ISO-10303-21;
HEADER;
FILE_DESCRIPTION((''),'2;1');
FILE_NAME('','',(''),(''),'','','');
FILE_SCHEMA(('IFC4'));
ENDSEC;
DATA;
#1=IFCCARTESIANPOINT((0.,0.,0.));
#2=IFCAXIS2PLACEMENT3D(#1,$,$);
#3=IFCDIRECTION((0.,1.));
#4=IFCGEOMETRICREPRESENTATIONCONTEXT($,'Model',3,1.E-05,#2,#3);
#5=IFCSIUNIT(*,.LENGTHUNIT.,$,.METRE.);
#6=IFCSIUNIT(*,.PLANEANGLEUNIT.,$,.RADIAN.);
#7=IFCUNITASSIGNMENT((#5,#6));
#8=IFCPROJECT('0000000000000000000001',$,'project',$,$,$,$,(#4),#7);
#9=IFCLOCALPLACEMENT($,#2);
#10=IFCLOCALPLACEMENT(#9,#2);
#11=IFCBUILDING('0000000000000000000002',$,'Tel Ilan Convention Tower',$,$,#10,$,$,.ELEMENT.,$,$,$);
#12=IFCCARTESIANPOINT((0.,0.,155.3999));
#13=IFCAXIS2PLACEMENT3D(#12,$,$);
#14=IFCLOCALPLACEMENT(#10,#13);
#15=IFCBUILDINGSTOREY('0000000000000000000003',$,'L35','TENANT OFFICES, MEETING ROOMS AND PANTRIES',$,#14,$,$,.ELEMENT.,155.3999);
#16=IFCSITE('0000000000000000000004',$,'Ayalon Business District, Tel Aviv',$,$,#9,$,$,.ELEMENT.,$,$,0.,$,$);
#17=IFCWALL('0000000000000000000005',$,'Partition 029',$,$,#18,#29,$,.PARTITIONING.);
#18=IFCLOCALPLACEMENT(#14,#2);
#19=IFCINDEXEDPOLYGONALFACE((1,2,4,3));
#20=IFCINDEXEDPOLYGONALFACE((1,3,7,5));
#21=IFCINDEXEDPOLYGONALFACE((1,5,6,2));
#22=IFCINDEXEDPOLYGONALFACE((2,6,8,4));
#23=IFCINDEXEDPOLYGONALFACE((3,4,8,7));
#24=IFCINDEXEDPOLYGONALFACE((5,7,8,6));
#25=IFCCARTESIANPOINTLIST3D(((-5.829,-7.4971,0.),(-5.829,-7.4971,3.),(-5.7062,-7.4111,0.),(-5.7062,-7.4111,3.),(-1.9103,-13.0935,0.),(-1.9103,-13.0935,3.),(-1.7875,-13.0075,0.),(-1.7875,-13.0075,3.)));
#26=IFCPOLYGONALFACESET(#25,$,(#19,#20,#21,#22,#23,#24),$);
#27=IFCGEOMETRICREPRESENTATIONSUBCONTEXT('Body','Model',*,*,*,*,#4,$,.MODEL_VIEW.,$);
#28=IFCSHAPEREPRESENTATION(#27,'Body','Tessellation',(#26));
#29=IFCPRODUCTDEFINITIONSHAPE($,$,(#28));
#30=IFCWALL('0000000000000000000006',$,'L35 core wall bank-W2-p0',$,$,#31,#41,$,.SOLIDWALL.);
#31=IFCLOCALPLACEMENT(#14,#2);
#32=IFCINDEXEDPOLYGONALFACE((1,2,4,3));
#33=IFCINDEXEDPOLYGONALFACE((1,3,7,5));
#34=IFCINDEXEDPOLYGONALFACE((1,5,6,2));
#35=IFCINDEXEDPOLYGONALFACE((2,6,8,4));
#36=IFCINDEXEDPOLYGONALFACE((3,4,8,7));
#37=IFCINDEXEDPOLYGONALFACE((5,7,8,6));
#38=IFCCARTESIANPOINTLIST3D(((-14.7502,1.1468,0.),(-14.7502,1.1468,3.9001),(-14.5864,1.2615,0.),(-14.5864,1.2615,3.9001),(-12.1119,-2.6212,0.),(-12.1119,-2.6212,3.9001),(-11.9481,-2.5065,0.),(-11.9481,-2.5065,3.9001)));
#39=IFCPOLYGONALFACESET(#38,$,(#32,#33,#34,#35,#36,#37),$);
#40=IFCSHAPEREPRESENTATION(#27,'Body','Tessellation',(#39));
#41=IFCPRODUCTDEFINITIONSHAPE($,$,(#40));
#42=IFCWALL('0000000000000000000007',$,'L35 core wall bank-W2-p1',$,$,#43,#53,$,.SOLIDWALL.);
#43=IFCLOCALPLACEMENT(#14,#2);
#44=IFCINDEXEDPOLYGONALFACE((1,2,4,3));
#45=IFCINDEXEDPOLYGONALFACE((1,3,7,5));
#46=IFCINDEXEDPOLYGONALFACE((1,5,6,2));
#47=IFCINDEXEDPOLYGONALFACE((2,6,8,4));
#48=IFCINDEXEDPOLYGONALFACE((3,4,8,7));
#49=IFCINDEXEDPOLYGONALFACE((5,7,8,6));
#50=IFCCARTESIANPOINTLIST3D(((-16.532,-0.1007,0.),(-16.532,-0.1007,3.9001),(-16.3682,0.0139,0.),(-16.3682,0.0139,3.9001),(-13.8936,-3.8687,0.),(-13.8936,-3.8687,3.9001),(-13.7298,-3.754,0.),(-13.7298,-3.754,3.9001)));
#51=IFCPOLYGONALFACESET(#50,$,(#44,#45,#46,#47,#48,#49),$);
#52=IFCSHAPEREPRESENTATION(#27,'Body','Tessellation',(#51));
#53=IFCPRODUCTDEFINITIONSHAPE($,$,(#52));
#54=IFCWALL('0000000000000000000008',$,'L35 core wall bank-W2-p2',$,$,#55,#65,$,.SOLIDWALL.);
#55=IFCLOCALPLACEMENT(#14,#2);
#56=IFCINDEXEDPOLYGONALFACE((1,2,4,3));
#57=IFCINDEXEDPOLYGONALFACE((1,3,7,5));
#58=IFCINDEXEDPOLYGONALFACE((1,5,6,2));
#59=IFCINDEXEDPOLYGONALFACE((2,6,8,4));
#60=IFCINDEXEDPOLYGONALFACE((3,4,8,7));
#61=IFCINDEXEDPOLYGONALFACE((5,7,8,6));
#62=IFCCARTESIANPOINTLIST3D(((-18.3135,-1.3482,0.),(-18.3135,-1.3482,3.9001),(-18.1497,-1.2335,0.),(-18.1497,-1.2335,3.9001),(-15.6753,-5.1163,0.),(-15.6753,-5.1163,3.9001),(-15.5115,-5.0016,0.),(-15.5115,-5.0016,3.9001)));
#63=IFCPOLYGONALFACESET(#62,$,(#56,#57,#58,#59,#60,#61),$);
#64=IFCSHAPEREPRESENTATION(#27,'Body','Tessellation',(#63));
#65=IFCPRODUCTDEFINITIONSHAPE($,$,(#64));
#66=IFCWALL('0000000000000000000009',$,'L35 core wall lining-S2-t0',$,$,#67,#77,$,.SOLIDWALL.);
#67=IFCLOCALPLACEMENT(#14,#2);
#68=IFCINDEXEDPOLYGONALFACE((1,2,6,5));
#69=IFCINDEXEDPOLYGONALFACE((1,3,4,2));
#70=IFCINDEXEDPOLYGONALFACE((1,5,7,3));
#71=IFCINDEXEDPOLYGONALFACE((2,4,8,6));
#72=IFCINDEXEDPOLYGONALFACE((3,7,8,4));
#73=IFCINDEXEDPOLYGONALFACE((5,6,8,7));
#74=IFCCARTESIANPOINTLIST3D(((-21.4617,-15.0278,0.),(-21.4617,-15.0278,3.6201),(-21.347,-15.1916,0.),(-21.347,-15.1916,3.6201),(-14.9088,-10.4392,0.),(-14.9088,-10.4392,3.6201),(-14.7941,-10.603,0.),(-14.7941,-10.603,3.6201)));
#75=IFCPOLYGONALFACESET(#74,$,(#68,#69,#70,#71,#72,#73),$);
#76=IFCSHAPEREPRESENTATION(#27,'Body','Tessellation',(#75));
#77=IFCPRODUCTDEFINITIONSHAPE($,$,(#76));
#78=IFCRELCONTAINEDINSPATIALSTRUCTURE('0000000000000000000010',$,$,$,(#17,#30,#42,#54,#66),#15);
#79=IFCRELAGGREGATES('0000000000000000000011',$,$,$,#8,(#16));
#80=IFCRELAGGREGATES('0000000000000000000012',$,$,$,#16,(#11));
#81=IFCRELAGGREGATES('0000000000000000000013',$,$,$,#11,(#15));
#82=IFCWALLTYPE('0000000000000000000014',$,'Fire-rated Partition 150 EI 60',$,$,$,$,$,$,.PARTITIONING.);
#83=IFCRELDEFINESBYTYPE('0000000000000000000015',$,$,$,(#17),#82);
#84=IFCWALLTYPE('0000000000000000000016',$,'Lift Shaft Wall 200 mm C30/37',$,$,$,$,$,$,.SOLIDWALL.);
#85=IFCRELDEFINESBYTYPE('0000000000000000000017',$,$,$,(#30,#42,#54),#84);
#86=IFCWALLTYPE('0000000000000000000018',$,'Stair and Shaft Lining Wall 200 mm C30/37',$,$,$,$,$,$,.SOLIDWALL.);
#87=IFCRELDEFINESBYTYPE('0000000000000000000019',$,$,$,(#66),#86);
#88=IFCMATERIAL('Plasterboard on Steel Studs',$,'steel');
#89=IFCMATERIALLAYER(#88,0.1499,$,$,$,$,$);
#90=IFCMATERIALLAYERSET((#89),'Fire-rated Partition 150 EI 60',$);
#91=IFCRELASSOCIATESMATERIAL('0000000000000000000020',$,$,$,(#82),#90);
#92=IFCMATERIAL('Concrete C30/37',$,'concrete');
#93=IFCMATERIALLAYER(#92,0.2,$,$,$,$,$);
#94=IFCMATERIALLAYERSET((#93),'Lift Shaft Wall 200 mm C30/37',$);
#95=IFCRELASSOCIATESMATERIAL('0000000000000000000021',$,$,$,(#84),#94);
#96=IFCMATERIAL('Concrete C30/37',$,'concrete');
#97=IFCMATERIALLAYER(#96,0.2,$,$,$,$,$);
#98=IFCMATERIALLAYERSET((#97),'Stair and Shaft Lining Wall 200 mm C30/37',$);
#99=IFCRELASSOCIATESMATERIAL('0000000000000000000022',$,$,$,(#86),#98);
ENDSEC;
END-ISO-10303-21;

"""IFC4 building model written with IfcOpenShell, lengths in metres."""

from ifc_helpers import new_model, si_unit, direction, frame, frame_2d, origin, place, context, subcontext, project, spatial, rectangle, extrude, material, layer, layer_set, type_object, element, save


model = new_model("IFC4")

# Units and contexts
model_context = context("Model", 3, precision=1e-05, world=origin(), true_north=direction((0.0, 1.0)))
body_context = subcontext(model_context, "Body", "Model", "MODEL_VIEW")
ifc_project = project(units=[si_unit("LENGTHUNIT", "METRE"), si_unit("PLANEANGLEUNIT", "RADIAN")], contexts=[model_context])

# Site, building, storey
site_placement = place(None, origin())
site = spatial("IfcSite", under=ifc_project, at=site_placement, Name="Ayalon Business District, Tel Aviv", CompositionType="ELEMENT", RefElevation=0.0)
building_placement = place(site_placement, origin())
building = spatial("IfcBuilding", under=site, at=building_placement, Name="Tel Ilan Convention Tower", CompositionType="ELEMENT")
storey_placement = place(building_placement, frame((0.0, 0.0, 155.3999)))
storey = spatial("IfcBuildingStorey", under=building, at=storey_placement, Name="L35", Description="TENANT OFFICES, MEETING ROOMS AND PANTRIES", CompositionType="ELEMENT", Elevation=155.3999)

# Shared definitions
ifc_material_1 = material(Name="Plasterboard on Steel Studs", Category="steel")
ifc_layer_1 = layer(ifc_material_1, 0.1499)
ifc_layer_set_1 = layer_set([ifc_layer_1], Name="Fire-rated Partition 150 EI 60")
wall_type_1 = type_object("IfcWallType", Name="Fire-rated Partition 150 EI 60", PredefinedType="PARTITIONING", material=ifc_layer_set_1)

# Walls
wall_1_placement = place(storey_placement, frame((-1.8489, -13.0505, 0.0), z_axis=(0.0, 0.0, 1.0), x_axis=(-0.57358, 0.81915, 0.0)))
element("IfcWall", 1, at=wall_1_placement, inside=storey, type_object=wall_type_1, Name="Partition 029", PredefinedType="PARTITIONING", context=body_context, shape_type="SweptSolid", body=[
    extrude(rectangle(XDim=6.832, YDim=0.1499, at=frame_2d((3.416, 0.0))), origin(), (0.0, 0.0, 1.0), 3.0),
])
ifc_material_2 = material(Name="Concrete C30/37", Category="concrete")
ifc_layer_2 = layer(ifc_material_2, 0.2)
ifc_layer_set_2 = layer_set([ifc_layer_2], Name="Lift Shaft Wall 200 mm C30/37")
wall_type_2 = type_object("IfcWallType", Name="Lift Shaft Wall 200 mm C30/37", PredefinedType="SOLIDWALL", material=ifc_layer_set_2)
for number, where, z_axis, x_axis, name in (
    (2, (-12.03, -2.5637, 0.0), (0.0, 0.0, 1.0), (-0.573576, 0.819152, 0.0), "L35 core wall bank-W2-p0"),
    (3, (-13.8118, -3.8113, 0.0), (0.0, 0.0, 1.0), (-0.573576, 0.819152, 0.0), "L35 core wall bank-W2-p1"),
    (4, (-15.5935, -5.0588, 0.0), (0.0, 0.0, 1.0), (-0.573541, 0.819177, 0.0), "L35 core wall bank-W2-p2"),
):
    element("IfcWall", number, at=place(storey_placement, frame(where, z_axis=z_axis, x_axis=x_axis)), inside=storey, type_object=wall_type_2, Name=name, PredefinedType="SOLIDWALL", context=body_context, shape_type="SweptSolid", body=[
        extrude(rectangle(XDim=4.5999, YDim=0.2, at=frame_2d((2.2998, 0.0))), origin(), (0.0, 0.0, 1.0), 3.9001),
    ])
ifc_material_3 = material(Name="Concrete C30/37", Category="concrete")
ifc_layer_3 = layer(ifc_material_3, 0.2)
ifc_layer_set_3 = layer_set([ifc_layer_3], Name="Stair and Shaft Lining Wall 200 mm C30/37")
wall_type_3 = type_object("IfcWallType", Name="Stair and Shaft Lining Wall 200 mm C30/37", PredefinedType="SOLIDWALL", material=ifc_layer_set_3)
wall_2_placement = place(storey_placement, frame((-14.8513, -10.521, 0.0), z_axis=(0.0, 0.0, 1.0), x_axis=(-0.819142, -0.573591, 0.0)))
element("IfcWall", 5, at=wall_2_placement, inside=storey, type_object=wall_type_3, Name="L35 core wall lining-S2-t0", PredefinedType="SOLIDWALL", context=body_context, shape_type="SweptSolid", body=[
    extrude(rectangle(XDim=7.9998, YDim=0.2, at=frame_2d((4.0, 0.0))), origin(), (0.0, 0.0, 1.0), 3.6201),
])

save(model, "model.ifc")
